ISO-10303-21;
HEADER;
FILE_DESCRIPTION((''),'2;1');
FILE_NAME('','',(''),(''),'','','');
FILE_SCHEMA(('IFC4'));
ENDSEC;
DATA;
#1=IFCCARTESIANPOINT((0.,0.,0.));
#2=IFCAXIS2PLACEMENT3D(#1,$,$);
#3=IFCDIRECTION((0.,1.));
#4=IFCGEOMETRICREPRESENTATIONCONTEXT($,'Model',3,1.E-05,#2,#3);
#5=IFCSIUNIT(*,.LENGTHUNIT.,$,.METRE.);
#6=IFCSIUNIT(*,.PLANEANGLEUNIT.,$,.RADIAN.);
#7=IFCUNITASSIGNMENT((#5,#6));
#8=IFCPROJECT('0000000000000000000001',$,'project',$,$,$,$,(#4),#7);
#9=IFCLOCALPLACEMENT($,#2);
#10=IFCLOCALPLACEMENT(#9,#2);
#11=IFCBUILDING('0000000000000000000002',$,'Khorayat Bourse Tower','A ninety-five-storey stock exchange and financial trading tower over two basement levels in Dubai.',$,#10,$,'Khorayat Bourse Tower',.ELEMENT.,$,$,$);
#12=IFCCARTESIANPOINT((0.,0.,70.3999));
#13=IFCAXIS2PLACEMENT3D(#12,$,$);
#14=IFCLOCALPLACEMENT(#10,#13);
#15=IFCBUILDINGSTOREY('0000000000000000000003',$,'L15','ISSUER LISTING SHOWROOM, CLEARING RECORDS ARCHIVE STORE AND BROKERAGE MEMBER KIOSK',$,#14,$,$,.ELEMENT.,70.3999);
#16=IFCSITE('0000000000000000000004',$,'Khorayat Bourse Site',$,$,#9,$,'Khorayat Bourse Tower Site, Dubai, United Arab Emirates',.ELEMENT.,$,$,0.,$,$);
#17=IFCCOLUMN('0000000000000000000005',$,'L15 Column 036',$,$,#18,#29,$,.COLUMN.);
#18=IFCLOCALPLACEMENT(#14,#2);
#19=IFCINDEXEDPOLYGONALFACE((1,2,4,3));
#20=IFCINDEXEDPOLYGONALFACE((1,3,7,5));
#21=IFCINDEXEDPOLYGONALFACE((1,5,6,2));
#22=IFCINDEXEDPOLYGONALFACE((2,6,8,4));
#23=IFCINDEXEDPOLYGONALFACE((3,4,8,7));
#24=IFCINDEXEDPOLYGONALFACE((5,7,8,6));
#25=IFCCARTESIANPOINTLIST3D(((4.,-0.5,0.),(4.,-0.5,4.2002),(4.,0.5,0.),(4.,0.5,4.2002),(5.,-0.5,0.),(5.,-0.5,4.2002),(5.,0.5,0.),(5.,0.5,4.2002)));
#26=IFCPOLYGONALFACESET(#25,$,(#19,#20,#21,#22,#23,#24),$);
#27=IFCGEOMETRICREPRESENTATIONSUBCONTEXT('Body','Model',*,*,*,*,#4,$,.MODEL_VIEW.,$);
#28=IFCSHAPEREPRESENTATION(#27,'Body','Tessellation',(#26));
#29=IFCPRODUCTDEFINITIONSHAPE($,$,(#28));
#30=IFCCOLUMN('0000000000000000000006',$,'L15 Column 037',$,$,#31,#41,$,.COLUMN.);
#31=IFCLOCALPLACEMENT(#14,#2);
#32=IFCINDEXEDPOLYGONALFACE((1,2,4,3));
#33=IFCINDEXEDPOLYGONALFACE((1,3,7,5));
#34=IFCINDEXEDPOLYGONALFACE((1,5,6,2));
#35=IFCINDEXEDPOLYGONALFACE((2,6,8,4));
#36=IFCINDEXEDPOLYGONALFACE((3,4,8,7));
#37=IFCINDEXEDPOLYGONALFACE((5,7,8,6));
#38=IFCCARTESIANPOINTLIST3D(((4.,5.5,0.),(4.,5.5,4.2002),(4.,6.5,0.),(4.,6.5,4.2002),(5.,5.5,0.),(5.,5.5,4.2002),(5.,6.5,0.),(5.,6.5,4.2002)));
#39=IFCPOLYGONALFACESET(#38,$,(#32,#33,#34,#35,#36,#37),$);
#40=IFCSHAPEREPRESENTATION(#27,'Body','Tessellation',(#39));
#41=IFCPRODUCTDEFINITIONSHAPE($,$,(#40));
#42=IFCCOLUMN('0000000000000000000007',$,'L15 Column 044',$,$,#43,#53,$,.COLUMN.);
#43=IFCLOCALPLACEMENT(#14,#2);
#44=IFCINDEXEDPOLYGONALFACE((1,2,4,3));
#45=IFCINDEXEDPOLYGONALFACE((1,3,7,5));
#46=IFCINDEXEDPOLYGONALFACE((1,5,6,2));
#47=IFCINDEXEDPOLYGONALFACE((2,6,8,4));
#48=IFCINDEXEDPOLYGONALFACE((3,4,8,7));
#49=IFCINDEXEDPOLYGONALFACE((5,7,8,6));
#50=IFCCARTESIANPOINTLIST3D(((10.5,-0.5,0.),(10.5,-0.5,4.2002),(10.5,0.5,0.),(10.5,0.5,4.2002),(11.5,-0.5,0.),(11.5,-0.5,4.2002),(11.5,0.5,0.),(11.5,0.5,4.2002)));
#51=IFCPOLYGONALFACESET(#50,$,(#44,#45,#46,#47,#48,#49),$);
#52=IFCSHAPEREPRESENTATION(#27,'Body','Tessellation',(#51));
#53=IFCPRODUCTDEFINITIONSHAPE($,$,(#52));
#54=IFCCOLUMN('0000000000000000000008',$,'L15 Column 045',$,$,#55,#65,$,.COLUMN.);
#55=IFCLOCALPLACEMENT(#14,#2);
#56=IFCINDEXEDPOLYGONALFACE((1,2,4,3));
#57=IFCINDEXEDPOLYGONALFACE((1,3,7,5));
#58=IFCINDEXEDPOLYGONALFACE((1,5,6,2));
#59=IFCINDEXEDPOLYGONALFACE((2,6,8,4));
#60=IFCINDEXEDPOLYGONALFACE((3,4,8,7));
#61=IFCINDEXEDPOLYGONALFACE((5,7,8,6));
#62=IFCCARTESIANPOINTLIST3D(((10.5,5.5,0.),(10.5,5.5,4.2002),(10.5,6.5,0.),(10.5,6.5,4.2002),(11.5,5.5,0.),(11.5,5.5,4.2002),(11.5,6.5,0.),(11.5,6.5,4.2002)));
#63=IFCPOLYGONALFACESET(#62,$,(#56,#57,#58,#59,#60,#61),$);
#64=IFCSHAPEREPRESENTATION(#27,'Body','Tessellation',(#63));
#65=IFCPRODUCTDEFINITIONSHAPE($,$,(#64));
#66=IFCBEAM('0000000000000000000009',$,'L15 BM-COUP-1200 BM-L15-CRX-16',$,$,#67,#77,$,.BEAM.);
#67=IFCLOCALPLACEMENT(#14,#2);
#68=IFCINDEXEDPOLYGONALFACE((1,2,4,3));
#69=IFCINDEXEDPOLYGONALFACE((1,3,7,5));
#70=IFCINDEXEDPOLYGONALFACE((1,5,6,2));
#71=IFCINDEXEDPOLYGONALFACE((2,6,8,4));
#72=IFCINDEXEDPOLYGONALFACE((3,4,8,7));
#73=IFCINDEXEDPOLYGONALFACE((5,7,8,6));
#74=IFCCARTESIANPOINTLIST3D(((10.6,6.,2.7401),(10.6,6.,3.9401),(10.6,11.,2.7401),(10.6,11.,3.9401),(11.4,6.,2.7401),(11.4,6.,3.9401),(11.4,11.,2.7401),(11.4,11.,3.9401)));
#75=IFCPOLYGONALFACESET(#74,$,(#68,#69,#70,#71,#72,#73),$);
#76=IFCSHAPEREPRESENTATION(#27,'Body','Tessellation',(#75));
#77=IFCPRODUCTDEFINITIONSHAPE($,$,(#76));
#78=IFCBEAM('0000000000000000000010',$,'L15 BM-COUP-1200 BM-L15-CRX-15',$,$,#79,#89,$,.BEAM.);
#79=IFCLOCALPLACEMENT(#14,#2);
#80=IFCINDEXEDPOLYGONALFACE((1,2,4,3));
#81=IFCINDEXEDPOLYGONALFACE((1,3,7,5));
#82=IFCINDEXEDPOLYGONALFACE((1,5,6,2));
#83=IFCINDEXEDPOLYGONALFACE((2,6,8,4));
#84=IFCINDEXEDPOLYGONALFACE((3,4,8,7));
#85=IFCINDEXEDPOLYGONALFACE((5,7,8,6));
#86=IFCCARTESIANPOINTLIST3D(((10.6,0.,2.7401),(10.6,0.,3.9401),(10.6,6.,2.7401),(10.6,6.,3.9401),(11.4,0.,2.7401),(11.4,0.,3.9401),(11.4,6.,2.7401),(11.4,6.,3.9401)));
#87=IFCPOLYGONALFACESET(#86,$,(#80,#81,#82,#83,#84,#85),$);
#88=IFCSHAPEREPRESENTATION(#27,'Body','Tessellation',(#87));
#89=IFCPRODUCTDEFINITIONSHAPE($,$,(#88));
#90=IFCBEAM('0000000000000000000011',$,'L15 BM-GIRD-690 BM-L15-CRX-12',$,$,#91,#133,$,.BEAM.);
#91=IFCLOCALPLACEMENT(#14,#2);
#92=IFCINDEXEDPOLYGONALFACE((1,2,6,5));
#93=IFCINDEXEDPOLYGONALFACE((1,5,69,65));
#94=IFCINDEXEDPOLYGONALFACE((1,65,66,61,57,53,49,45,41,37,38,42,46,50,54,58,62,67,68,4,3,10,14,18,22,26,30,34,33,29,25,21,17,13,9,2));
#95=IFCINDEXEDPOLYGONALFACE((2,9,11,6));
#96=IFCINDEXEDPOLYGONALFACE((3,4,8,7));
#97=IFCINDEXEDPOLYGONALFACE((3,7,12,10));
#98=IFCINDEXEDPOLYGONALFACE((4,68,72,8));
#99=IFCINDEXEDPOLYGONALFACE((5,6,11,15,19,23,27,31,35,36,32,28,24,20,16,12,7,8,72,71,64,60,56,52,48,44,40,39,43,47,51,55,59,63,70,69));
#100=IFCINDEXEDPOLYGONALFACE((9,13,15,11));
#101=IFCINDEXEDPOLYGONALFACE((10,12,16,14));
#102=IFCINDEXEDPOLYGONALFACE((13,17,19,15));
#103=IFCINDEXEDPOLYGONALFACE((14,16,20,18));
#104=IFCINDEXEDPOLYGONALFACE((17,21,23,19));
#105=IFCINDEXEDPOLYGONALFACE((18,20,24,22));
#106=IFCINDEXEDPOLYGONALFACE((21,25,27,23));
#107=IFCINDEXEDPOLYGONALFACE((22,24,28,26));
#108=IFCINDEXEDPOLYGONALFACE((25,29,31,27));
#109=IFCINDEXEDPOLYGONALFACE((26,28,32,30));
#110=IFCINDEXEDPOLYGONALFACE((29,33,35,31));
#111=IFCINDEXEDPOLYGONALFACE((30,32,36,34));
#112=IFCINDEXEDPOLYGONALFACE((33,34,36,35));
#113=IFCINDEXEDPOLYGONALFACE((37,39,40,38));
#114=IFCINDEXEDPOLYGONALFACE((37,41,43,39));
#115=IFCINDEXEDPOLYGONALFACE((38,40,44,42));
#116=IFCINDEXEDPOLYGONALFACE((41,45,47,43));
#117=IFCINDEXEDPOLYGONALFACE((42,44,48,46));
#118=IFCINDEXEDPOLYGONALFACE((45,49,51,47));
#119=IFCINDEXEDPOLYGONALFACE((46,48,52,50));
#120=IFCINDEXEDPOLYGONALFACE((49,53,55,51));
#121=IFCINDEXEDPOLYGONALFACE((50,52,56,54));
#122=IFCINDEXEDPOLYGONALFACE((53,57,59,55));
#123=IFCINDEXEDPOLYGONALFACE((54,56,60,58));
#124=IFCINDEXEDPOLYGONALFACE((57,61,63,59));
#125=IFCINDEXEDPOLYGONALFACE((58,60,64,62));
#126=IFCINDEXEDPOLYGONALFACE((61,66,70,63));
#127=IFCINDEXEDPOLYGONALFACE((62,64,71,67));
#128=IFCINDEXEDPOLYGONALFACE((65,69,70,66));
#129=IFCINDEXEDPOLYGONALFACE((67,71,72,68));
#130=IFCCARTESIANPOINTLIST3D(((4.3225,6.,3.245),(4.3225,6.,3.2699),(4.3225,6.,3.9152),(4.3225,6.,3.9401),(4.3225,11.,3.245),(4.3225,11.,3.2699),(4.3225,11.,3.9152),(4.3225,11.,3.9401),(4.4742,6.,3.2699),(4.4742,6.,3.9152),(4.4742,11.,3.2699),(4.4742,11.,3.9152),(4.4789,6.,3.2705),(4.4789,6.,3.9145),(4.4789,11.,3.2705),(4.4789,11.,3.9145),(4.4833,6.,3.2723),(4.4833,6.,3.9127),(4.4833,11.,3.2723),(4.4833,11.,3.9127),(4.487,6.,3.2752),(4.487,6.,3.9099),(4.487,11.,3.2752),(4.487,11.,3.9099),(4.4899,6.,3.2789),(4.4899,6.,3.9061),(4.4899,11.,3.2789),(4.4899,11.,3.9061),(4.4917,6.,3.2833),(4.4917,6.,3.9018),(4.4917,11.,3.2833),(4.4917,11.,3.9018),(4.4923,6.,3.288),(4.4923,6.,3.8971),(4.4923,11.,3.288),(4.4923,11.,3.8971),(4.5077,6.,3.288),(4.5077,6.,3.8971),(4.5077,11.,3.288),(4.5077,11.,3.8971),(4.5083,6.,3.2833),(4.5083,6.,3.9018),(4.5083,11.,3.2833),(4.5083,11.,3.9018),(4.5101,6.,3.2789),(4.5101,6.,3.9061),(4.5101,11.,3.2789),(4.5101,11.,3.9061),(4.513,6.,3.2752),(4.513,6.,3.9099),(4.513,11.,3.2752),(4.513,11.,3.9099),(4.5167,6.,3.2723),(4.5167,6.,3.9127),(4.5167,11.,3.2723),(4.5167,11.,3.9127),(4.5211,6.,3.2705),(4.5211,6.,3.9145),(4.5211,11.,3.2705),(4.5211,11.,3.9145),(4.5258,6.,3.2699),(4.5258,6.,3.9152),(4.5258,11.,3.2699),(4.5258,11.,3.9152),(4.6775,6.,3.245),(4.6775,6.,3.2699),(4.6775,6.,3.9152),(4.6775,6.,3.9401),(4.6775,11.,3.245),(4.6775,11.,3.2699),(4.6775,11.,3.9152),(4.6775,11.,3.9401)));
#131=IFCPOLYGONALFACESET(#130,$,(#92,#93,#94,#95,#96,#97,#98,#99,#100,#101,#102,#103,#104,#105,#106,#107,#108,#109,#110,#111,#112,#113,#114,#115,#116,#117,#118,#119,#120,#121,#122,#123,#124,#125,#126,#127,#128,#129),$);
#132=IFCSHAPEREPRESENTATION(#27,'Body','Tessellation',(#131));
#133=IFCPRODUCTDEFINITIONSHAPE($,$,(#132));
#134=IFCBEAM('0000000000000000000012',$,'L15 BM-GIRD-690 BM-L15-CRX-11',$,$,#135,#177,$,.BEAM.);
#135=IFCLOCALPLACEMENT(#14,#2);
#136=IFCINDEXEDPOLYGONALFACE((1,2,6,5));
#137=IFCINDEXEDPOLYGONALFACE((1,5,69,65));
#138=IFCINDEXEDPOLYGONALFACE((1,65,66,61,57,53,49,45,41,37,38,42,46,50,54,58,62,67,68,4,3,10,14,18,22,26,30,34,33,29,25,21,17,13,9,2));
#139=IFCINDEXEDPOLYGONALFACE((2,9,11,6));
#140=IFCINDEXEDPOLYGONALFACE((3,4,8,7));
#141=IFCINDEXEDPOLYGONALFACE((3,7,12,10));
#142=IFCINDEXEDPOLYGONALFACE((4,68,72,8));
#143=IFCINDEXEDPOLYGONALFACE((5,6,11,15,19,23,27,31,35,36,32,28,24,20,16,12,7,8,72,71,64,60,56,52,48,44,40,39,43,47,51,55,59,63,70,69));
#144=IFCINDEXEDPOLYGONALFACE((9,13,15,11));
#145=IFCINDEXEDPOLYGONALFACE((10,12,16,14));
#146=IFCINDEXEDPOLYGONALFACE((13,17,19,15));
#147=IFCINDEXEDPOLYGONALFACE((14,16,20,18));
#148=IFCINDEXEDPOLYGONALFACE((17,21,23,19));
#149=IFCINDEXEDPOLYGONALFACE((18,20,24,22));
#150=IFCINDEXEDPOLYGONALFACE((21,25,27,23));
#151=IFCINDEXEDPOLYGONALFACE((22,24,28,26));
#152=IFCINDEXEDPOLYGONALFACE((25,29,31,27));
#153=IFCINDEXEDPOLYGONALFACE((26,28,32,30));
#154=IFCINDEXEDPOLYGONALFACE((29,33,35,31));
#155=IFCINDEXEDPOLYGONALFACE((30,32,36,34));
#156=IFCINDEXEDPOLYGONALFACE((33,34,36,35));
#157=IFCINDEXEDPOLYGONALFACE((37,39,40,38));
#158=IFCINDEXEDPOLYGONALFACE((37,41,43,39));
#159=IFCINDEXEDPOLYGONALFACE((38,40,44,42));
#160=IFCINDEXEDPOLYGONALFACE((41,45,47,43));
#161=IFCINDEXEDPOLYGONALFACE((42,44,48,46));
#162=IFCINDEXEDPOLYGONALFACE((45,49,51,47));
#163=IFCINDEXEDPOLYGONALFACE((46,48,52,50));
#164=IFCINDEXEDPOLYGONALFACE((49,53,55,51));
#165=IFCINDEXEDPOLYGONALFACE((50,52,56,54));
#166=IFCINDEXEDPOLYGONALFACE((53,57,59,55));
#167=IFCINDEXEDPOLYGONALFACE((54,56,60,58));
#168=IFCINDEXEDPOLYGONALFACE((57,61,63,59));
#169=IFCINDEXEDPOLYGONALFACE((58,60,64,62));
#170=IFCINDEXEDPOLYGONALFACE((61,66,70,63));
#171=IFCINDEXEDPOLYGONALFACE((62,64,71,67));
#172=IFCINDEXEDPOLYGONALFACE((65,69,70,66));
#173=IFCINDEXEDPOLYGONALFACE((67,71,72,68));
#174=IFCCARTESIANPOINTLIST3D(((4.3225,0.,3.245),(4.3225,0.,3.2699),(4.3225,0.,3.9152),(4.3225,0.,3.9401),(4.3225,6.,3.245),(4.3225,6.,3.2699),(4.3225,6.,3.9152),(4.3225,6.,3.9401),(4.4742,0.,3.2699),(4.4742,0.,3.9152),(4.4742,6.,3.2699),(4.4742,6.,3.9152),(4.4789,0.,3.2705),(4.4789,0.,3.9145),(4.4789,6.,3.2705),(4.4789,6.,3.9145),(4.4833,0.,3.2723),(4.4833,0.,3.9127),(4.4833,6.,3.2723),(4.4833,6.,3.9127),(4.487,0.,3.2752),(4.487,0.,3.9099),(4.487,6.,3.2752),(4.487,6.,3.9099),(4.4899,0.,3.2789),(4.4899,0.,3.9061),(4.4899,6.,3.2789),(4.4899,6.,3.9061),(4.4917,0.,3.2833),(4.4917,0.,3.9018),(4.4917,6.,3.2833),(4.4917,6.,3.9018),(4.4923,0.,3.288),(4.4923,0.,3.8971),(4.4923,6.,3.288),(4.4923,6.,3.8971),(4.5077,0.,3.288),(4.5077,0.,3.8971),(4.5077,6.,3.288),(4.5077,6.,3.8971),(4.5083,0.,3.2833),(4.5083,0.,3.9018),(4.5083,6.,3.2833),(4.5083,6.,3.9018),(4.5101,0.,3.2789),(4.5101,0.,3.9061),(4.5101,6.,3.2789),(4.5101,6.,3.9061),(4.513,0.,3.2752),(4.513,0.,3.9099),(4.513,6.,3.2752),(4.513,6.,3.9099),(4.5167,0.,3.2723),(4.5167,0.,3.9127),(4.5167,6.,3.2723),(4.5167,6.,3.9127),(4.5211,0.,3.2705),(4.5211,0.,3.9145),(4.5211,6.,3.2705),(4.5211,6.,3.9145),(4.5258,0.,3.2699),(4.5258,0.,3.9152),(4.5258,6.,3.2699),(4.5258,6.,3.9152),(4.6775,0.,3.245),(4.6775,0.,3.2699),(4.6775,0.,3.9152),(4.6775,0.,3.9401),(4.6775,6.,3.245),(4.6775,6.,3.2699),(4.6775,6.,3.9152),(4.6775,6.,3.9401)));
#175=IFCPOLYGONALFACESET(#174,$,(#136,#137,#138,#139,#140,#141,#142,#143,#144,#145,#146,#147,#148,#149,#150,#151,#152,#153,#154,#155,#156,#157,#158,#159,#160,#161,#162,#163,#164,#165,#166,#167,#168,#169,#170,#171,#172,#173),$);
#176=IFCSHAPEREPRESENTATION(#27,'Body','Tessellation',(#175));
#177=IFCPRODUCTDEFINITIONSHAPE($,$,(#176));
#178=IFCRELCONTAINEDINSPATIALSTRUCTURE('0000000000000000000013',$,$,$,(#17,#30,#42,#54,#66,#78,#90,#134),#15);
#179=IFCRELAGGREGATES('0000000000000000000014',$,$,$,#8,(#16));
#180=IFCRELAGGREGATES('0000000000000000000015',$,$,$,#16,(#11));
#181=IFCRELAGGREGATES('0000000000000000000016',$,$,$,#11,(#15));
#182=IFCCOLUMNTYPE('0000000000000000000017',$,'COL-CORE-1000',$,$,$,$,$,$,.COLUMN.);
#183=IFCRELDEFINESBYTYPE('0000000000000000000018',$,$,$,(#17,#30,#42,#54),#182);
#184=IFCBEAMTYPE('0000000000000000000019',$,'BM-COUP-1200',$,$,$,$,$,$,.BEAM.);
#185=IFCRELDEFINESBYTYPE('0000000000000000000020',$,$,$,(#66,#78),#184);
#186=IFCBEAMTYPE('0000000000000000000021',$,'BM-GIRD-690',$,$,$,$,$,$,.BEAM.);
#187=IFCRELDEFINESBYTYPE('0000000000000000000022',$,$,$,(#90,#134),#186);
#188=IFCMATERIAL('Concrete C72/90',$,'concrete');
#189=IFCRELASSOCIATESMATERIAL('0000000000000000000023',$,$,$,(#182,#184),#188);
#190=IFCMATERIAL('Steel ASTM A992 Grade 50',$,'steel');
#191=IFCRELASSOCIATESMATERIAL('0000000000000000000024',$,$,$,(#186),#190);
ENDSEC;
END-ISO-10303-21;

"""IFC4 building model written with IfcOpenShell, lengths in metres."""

from ifc_helpers import new_model, si_unit, direction, frame, origin, origin_2d, place, context, subcontext, project, spatial, rectangle, i_section, extrude, source, transform, mapped, material, material_profile, profile_set, type_object, element, save


model = new_model("IFC4")

# Units and contexts
model_context = context("Model", 3, precision=1e-05, world=origin(), true_north=direction((0.0, 1.0)))
body_context = subcontext(model_context, "Body", "Model", "MODEL_VIEW")
ifc_project = project(units=[si_unit("LENGTHUNIT", "METRE"), si_unit("PLANEANGLEUNIT", "RADIAN")], contexts=[model_context])

# Site, building, storey
site_placement = place(None, origin())
site = spatial("IfcSite", under=ifc_project, at=site_placement, Name="Khorayat Bourse Site", LongName="Khorayat Bourse Tower Site, Dubai, United Arab Emirates", CompositionType="ELEMENT", RefElevation=0.0)
building_placement = place(site_placement, origin())
building = spatial("IfcBuilding", under=site, at=building_placement, Name="Khorayat Bourse Tower", Description="A ninety-five-storey stock exchange and financial trading tower over two basement levels in Dubai.", LongName="Khorayat Bourse Tower", CompositionType="ELEMENT")
storey_placement = place(building_placement, frame((0.0, 0.0, 70.3999)))
storey = spatial("IfcBuildingStorey", under=building, at=storey_placement, Name="L15", Description="ISSUER LISTING SHOWROOM, CLEARING RECORDS ARCHIVE STORE AND BROKERAGE MEMBER KIOSK", CompositionType="ELEMENT", Elevation=70.3999)

# Columns
ifc_material_1 = material(Name="Concrete C72/90", Category="concrete")
ifc_material_profile_1 = material_profile(ifc_material_1, rectangle(XDim=1.0, YDim=1.0, at=origin_2d()), Name="RC 1000x1000")
ifc_profile_set_1 = profile_set([ifc_material_profile_1], Name="Concrete C72/90")
column_type = type_object("IfcColumnType", Name="COL-CORE-1000", PredefinedType="COLUMN", material=ifc_profile_set_1)
shared_shape_1 = source(origin(), body_context, "Body", "SweptSolid", [
    extrude(rectangle(XDim=1.0, YDim=1.0, at=origin_2d()), origin(), (0.0, 0.0, 1.0), 4.2002),
])
for number, where, z_axis, x_axis, name in (
    (1, (4.5, 0.0, 0.0), (0.0, 0.0, 1.0), (1.0, 0.0, 0.0), "L15 Column 036"),
    (2, (4.5, 6.0, 0.0), (0.0, 0.0, 1.0), (1.0, 0.0, 0.0), "L15 Column 037"),
    (3, (11.0, 0.0, 0.0), (0.0, 0.0, 1.0), (1.0, 0.0, 0.0), "L15 Column 044"),
    (4, (11.0, 6.0, 0.0), (0.0, 0.0, 1.0), (1.0, 0.0, 0.0), "L15 Column 045"),
):
    element("IfcColumn", number, at=place(storey_placement, frame(where, z_axis=z_axis, x_axis=x_axis)), inside=storey, type_object=column_type, Name=name, PredefinedType="COLUMN", context=body_context, shape_type="MappedRepresentation", body=[
        mapped(shared_shape_1, transform((0.0, 0.0, 0.0), scale=1.0)),
    ])

# Beams
ifc_material_profile_2 = material_profile(ifc_material_1, rectangle(XDim=0.8, YDim=1.2, at=origin_2d()), Name="RC 800x1200")
ifc_profile_set_2 = profile_set([ifc_material_profile_2], Name="Concrete C72/90")
beam_type_1 = type_object("IfcBeamType", Name="BM-COUP-1200", PredefinedType="BEAM", material=ifc_profile_set_2)
shared_shape_2 = source(origin(), body_context, "Body", "SweptSolid", [
    extrude(rectangle(XDim=0.8, YDim=1.2, at=origin_2d()), origin(), (0.0, 0.0, 1.0), 5.0),
])
beam_1_placement = place(storey_placement, frame((11.0, 6.0, 3.3401), z_axis=(0.0, 1.0, 0.0), x_axis=(-1.0, 0.0, 0.0)))
element("IfcBeam", 5, at=beam_1_placement, inside=storey, type_object=beam_type_1, Name="L15 BM-COUP-1200 BM-L15-CRX-16", PredefinedType="BEAM", context=body_context, shape_type="MappedRepresentation", body=[
    mapped(shared_shape_2, transform((0.0, 0.0, 0.0), scale=1.0)),
])
shared_shape_3 = source(origin(), body_context, "Body", "SweptSolid", [
    extrude(rectangle(XDim=0.8, YDim=1.2, at=origin_2d()), origin(), (0.0, 0.0, 1.0), 6.0),
])
beam_2_placement = place(storey_placement, frame((11.0, 0.0, 3.3401), z_axis=(0.0, 1.0, 0.0), x_axis=(-1.0, 0.0, 0.0)))
element("IfcBeam", 6, at=beam_2_placement, inside=storey, type_object=beam_type_1, Name="L15 BM-COUP-1200 BM-L15-CRX-15", PredefinedType="BEAM", context=body_context, shape_type="MappedRepresentation", body=[
    mapped(shared_shape_3, transform((0.0, 0.0, 0.0), scale=1.0)),
])
ifc_material_2 = material(Name="Steel ASTM A992 Grade 50", Category="steel")
ifc_material_profile_3 = material_profile(ifc_material_2, i_section(OverallWidth=0.355, OverallDepth=0.6951, WebThickness=0.0154, FlangeThickness=0.0249, FilletRadius=0.0181, at=origin_2d()), Name="W690X217")
ifc_profile_set_3 = profile_set([ifc_material_profile_3], Name="Steel ASTM A992 Grade 50")
beam_type_2 = type_object("IfcBeamType", Name="BM-GIRD-690", PredefinedType="BEAM", material=ifc_profile_set_3)
shared_shape_4 = source(origin(), body_context, "Body", "SweptSolid", [
    extrude(i_section(OverallWidth=0.355, OverallDepth=0.6951, WebThickness=0.0154, FlangeThickness=0.0249, FilletRadius=0.0181, at=origin_2d()), origin(), (0.0, 0.0, 1.0), 5.0),
])
beam_3_placement = place(storey_placement, frame((4.5, 6.0, 3.5925), z_axis=(0.0, 1.0, 0.0), x_axis=(-1.0, 0.0, 0.0)))
element("IfcBeam", 7, at=beam_3_placement, inside=storey, type_object=beam_type_2, Name="L15 BM-GIRD-690 BM-L15-CRX-12", PredefinedType="BEAM", context=body_context, shape_type="MappedRepresentation", body=[
    mapped(shared_shape_4, transform((0.0, 0.0, 0.0), scale=1.0)),
])
shared_shape_5 = source(origin(), body_context, "Body", "SweptSolid", [
    extrude(i_section(OverallWidth=0.355, OverallDepth=0.6951, WebThickness=0.0154, FlangeThickness=0.0249, FilletRadius=0.0181, at=origin_2d()), origin(), (0.0, 0.0, 1.0), 6.0),
])
beam_4_placement = place(storey_placement, frame((4.5, 0.0, 3.5925), z_axis=(0.0, 1.0, 0.0), x_axis=(-1.0, 0.0, 0.0)))
element("IfcBeam", 8, at=beam_4_placement, inside=storey, type_object=beam_type_2, Name="L15 BM-GIRD-690 BM-L15-CRX-11", PredefinedType="BEAM", context=body_context, shape_type="MappedRepresentation", body=[
    mapped(shared_shape_5, transform((0.0, 0.0, 0.0), scale=1.0)),
])

save(model, "model.ifc")
